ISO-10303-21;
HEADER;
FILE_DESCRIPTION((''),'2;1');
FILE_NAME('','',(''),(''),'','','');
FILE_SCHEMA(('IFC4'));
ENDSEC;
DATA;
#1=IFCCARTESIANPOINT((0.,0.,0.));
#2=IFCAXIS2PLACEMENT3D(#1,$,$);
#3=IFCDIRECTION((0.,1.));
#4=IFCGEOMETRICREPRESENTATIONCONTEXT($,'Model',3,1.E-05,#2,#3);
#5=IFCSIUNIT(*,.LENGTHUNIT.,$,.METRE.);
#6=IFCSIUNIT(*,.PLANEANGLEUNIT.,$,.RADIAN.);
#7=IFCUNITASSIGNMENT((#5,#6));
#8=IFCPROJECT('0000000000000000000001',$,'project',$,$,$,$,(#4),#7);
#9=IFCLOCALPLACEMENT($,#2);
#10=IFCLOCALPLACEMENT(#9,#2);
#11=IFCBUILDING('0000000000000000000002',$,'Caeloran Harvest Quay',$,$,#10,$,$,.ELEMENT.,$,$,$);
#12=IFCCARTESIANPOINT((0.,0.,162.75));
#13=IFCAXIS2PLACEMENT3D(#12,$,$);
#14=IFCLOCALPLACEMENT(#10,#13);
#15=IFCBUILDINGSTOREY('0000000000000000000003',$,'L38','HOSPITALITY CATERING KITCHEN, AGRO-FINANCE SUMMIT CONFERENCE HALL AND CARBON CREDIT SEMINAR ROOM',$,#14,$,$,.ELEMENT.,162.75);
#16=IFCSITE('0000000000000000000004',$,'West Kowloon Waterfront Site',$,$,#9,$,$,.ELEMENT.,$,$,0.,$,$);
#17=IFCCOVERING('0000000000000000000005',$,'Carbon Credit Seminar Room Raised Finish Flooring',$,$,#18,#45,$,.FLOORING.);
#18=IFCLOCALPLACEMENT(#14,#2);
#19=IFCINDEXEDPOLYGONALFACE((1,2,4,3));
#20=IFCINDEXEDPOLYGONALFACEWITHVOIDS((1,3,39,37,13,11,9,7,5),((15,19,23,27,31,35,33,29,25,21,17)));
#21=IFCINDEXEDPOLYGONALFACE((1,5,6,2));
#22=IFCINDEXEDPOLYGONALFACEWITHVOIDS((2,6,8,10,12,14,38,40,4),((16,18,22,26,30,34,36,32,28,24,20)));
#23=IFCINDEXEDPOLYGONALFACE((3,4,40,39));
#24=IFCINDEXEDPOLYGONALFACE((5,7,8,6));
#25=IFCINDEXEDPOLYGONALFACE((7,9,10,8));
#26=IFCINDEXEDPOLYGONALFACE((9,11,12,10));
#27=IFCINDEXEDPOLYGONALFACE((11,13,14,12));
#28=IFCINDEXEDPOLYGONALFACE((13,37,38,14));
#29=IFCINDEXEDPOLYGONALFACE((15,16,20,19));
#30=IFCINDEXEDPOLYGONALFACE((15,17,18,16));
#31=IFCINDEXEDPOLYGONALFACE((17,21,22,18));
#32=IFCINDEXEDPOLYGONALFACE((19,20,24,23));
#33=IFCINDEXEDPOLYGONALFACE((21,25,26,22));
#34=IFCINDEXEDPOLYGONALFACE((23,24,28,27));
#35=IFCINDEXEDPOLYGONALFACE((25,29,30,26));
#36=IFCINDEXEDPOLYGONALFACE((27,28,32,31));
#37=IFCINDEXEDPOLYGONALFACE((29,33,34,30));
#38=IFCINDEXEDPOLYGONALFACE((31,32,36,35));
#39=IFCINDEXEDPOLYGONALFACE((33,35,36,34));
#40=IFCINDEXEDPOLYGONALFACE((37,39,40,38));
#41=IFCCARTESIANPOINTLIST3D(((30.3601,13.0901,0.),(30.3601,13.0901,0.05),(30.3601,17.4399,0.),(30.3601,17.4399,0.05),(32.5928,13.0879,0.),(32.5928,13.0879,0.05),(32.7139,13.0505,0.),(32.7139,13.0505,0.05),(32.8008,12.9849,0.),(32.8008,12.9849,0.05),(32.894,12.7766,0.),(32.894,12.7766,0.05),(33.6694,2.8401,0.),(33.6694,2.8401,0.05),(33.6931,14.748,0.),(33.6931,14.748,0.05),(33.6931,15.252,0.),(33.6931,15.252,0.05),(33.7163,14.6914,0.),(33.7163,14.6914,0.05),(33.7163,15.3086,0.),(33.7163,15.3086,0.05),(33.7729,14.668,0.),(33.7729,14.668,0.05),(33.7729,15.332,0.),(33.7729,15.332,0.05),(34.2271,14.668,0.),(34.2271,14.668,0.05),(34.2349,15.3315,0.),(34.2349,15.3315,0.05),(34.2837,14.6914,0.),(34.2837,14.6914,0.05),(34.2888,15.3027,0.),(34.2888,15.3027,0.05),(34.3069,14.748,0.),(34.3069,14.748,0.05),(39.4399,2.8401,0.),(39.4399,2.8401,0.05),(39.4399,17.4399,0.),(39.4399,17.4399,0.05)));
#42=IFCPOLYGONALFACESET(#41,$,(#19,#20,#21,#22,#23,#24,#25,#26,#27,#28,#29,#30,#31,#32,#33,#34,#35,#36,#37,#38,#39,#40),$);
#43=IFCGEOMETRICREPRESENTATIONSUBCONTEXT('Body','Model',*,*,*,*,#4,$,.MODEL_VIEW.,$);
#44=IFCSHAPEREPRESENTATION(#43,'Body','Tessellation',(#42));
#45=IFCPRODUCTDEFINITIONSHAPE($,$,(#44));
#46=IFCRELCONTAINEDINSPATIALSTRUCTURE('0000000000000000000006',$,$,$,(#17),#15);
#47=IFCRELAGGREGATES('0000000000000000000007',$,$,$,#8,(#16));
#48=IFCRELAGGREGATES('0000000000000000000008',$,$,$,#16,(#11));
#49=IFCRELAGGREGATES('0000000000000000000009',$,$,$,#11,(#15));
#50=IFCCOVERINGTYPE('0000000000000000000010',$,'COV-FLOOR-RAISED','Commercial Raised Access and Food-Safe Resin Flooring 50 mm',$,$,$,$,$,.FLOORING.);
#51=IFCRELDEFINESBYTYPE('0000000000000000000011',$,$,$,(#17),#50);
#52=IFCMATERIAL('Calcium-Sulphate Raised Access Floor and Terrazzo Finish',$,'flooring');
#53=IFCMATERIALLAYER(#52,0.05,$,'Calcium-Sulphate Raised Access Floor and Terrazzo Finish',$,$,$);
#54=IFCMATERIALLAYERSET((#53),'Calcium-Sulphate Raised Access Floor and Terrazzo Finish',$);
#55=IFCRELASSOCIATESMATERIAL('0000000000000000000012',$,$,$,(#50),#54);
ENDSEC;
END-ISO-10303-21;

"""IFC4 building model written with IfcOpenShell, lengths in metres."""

from ifc_helpers import new_model, si_unit, direction, frame, origin, place, context, subcontext, project, spatial, polyline, outline, extrude, material, layer, layer_set, type_object, element, save


model = new_model("IFC4")

# Units and contexts
model_context = context("Model", 3, precision=1e-05, world=origin(), true_north=direction((0.0, 1.0)))
body_context = subcontext(model_context, "Body", "Model", "MODEL_VIEW")
ifc_project = project(units=[si_unit("LENGTHUNIT", "METRE"), si_unit("PLANEANGLEUNIT", "RADIAN")], contexts=[model_context])

# Site, building, storey
site_placement = place(None, origin())
site = spatial("IfcSite", under=ifc_project, at=site_placement, Name="West Kowloon Waterfront Site", CompositionType="ELEMENT", RefElevation=0.0)
building_placement = place(site_placement, origin())
building = spatial("IfcBuilding", under=site, at=building_placement, Name="Caeloran Harvest Quay", CompositionType="ELEMENT")
storey_placement = place(building_placement, frame((0.0, 0.0, 162.75)))
storey = spatial("IfcBuildingStorey", under=building, at=storey_placement, Name="L38", Description="HOSPITALITY CATERING KITCHEN, AGRO-FINANCE SUMMIT CONFERENCE HALL AND CARBON CREDIT SEMINAR ROOM", CompositionType="ELEMENT", Elevation=162.75)

# Covering
ifc_material_1 = material(Name="Calcium-Sulphate Raised Access Floor and Terrazzo Finish", Category="flooring")
ifc_layer_1 = layer(ifc_material_1, 0.05, Name="Calcium-Sulphate Raised Access Floor and Terrazzo Finish")
ifc_layer_set_1 = layer_set([ifc_layer_1], Name="Calcium-Sulphate Raised Access Floor and Terrazzo Finish")
covering_type_1 = type_object("IfcCoveringType", Name="COV-FLOOR-RAISED", Description="Commercial Raised Access and Food-Safe Resin Flooring 50 mm", PredefinedType="FLOORING", material=ifc_layer_set_1)
covering_1_placement = place(storey_placement, origin())
element("IfcCovering", 1, at=covering_1_placement, inside=storey, type_object=covering_type_1, Name="Carbon Credit Seminar Room Raised Finish Flooring", PredefinedType="FLOORING", context=body_context, shape_type="SweptSolid", body=[
    extrude(outline(polyline([(32.894, 12.7766), (32.8008, 12.9849), (32.7139, 13.0505), (32.5928, 13.0879), (30.3601, 13.0901), (30.3601, 17.4399), (39.4399, 17.4399), (39.4399, 2.8401), (33.6694, 2.8401), (32.894, 12.7766)]), holes=[polyline([(34.3069, 14.748), (34.2888, 15.3027), (34.2349, 15.3315), (33.7729, 15.332), (33.7163, 15.3086), (33.6931, 15.252), (33.6931, 14.748), (33.7163, 14.6914), (33.7729, 14.668), (34.2271, 14.668), (34.2837, 14.6914), (34.3069, 14.748)])]), origin(), (0.0, 0.0, 1.0), 0.05),
])

save(model, "model.ifc")
